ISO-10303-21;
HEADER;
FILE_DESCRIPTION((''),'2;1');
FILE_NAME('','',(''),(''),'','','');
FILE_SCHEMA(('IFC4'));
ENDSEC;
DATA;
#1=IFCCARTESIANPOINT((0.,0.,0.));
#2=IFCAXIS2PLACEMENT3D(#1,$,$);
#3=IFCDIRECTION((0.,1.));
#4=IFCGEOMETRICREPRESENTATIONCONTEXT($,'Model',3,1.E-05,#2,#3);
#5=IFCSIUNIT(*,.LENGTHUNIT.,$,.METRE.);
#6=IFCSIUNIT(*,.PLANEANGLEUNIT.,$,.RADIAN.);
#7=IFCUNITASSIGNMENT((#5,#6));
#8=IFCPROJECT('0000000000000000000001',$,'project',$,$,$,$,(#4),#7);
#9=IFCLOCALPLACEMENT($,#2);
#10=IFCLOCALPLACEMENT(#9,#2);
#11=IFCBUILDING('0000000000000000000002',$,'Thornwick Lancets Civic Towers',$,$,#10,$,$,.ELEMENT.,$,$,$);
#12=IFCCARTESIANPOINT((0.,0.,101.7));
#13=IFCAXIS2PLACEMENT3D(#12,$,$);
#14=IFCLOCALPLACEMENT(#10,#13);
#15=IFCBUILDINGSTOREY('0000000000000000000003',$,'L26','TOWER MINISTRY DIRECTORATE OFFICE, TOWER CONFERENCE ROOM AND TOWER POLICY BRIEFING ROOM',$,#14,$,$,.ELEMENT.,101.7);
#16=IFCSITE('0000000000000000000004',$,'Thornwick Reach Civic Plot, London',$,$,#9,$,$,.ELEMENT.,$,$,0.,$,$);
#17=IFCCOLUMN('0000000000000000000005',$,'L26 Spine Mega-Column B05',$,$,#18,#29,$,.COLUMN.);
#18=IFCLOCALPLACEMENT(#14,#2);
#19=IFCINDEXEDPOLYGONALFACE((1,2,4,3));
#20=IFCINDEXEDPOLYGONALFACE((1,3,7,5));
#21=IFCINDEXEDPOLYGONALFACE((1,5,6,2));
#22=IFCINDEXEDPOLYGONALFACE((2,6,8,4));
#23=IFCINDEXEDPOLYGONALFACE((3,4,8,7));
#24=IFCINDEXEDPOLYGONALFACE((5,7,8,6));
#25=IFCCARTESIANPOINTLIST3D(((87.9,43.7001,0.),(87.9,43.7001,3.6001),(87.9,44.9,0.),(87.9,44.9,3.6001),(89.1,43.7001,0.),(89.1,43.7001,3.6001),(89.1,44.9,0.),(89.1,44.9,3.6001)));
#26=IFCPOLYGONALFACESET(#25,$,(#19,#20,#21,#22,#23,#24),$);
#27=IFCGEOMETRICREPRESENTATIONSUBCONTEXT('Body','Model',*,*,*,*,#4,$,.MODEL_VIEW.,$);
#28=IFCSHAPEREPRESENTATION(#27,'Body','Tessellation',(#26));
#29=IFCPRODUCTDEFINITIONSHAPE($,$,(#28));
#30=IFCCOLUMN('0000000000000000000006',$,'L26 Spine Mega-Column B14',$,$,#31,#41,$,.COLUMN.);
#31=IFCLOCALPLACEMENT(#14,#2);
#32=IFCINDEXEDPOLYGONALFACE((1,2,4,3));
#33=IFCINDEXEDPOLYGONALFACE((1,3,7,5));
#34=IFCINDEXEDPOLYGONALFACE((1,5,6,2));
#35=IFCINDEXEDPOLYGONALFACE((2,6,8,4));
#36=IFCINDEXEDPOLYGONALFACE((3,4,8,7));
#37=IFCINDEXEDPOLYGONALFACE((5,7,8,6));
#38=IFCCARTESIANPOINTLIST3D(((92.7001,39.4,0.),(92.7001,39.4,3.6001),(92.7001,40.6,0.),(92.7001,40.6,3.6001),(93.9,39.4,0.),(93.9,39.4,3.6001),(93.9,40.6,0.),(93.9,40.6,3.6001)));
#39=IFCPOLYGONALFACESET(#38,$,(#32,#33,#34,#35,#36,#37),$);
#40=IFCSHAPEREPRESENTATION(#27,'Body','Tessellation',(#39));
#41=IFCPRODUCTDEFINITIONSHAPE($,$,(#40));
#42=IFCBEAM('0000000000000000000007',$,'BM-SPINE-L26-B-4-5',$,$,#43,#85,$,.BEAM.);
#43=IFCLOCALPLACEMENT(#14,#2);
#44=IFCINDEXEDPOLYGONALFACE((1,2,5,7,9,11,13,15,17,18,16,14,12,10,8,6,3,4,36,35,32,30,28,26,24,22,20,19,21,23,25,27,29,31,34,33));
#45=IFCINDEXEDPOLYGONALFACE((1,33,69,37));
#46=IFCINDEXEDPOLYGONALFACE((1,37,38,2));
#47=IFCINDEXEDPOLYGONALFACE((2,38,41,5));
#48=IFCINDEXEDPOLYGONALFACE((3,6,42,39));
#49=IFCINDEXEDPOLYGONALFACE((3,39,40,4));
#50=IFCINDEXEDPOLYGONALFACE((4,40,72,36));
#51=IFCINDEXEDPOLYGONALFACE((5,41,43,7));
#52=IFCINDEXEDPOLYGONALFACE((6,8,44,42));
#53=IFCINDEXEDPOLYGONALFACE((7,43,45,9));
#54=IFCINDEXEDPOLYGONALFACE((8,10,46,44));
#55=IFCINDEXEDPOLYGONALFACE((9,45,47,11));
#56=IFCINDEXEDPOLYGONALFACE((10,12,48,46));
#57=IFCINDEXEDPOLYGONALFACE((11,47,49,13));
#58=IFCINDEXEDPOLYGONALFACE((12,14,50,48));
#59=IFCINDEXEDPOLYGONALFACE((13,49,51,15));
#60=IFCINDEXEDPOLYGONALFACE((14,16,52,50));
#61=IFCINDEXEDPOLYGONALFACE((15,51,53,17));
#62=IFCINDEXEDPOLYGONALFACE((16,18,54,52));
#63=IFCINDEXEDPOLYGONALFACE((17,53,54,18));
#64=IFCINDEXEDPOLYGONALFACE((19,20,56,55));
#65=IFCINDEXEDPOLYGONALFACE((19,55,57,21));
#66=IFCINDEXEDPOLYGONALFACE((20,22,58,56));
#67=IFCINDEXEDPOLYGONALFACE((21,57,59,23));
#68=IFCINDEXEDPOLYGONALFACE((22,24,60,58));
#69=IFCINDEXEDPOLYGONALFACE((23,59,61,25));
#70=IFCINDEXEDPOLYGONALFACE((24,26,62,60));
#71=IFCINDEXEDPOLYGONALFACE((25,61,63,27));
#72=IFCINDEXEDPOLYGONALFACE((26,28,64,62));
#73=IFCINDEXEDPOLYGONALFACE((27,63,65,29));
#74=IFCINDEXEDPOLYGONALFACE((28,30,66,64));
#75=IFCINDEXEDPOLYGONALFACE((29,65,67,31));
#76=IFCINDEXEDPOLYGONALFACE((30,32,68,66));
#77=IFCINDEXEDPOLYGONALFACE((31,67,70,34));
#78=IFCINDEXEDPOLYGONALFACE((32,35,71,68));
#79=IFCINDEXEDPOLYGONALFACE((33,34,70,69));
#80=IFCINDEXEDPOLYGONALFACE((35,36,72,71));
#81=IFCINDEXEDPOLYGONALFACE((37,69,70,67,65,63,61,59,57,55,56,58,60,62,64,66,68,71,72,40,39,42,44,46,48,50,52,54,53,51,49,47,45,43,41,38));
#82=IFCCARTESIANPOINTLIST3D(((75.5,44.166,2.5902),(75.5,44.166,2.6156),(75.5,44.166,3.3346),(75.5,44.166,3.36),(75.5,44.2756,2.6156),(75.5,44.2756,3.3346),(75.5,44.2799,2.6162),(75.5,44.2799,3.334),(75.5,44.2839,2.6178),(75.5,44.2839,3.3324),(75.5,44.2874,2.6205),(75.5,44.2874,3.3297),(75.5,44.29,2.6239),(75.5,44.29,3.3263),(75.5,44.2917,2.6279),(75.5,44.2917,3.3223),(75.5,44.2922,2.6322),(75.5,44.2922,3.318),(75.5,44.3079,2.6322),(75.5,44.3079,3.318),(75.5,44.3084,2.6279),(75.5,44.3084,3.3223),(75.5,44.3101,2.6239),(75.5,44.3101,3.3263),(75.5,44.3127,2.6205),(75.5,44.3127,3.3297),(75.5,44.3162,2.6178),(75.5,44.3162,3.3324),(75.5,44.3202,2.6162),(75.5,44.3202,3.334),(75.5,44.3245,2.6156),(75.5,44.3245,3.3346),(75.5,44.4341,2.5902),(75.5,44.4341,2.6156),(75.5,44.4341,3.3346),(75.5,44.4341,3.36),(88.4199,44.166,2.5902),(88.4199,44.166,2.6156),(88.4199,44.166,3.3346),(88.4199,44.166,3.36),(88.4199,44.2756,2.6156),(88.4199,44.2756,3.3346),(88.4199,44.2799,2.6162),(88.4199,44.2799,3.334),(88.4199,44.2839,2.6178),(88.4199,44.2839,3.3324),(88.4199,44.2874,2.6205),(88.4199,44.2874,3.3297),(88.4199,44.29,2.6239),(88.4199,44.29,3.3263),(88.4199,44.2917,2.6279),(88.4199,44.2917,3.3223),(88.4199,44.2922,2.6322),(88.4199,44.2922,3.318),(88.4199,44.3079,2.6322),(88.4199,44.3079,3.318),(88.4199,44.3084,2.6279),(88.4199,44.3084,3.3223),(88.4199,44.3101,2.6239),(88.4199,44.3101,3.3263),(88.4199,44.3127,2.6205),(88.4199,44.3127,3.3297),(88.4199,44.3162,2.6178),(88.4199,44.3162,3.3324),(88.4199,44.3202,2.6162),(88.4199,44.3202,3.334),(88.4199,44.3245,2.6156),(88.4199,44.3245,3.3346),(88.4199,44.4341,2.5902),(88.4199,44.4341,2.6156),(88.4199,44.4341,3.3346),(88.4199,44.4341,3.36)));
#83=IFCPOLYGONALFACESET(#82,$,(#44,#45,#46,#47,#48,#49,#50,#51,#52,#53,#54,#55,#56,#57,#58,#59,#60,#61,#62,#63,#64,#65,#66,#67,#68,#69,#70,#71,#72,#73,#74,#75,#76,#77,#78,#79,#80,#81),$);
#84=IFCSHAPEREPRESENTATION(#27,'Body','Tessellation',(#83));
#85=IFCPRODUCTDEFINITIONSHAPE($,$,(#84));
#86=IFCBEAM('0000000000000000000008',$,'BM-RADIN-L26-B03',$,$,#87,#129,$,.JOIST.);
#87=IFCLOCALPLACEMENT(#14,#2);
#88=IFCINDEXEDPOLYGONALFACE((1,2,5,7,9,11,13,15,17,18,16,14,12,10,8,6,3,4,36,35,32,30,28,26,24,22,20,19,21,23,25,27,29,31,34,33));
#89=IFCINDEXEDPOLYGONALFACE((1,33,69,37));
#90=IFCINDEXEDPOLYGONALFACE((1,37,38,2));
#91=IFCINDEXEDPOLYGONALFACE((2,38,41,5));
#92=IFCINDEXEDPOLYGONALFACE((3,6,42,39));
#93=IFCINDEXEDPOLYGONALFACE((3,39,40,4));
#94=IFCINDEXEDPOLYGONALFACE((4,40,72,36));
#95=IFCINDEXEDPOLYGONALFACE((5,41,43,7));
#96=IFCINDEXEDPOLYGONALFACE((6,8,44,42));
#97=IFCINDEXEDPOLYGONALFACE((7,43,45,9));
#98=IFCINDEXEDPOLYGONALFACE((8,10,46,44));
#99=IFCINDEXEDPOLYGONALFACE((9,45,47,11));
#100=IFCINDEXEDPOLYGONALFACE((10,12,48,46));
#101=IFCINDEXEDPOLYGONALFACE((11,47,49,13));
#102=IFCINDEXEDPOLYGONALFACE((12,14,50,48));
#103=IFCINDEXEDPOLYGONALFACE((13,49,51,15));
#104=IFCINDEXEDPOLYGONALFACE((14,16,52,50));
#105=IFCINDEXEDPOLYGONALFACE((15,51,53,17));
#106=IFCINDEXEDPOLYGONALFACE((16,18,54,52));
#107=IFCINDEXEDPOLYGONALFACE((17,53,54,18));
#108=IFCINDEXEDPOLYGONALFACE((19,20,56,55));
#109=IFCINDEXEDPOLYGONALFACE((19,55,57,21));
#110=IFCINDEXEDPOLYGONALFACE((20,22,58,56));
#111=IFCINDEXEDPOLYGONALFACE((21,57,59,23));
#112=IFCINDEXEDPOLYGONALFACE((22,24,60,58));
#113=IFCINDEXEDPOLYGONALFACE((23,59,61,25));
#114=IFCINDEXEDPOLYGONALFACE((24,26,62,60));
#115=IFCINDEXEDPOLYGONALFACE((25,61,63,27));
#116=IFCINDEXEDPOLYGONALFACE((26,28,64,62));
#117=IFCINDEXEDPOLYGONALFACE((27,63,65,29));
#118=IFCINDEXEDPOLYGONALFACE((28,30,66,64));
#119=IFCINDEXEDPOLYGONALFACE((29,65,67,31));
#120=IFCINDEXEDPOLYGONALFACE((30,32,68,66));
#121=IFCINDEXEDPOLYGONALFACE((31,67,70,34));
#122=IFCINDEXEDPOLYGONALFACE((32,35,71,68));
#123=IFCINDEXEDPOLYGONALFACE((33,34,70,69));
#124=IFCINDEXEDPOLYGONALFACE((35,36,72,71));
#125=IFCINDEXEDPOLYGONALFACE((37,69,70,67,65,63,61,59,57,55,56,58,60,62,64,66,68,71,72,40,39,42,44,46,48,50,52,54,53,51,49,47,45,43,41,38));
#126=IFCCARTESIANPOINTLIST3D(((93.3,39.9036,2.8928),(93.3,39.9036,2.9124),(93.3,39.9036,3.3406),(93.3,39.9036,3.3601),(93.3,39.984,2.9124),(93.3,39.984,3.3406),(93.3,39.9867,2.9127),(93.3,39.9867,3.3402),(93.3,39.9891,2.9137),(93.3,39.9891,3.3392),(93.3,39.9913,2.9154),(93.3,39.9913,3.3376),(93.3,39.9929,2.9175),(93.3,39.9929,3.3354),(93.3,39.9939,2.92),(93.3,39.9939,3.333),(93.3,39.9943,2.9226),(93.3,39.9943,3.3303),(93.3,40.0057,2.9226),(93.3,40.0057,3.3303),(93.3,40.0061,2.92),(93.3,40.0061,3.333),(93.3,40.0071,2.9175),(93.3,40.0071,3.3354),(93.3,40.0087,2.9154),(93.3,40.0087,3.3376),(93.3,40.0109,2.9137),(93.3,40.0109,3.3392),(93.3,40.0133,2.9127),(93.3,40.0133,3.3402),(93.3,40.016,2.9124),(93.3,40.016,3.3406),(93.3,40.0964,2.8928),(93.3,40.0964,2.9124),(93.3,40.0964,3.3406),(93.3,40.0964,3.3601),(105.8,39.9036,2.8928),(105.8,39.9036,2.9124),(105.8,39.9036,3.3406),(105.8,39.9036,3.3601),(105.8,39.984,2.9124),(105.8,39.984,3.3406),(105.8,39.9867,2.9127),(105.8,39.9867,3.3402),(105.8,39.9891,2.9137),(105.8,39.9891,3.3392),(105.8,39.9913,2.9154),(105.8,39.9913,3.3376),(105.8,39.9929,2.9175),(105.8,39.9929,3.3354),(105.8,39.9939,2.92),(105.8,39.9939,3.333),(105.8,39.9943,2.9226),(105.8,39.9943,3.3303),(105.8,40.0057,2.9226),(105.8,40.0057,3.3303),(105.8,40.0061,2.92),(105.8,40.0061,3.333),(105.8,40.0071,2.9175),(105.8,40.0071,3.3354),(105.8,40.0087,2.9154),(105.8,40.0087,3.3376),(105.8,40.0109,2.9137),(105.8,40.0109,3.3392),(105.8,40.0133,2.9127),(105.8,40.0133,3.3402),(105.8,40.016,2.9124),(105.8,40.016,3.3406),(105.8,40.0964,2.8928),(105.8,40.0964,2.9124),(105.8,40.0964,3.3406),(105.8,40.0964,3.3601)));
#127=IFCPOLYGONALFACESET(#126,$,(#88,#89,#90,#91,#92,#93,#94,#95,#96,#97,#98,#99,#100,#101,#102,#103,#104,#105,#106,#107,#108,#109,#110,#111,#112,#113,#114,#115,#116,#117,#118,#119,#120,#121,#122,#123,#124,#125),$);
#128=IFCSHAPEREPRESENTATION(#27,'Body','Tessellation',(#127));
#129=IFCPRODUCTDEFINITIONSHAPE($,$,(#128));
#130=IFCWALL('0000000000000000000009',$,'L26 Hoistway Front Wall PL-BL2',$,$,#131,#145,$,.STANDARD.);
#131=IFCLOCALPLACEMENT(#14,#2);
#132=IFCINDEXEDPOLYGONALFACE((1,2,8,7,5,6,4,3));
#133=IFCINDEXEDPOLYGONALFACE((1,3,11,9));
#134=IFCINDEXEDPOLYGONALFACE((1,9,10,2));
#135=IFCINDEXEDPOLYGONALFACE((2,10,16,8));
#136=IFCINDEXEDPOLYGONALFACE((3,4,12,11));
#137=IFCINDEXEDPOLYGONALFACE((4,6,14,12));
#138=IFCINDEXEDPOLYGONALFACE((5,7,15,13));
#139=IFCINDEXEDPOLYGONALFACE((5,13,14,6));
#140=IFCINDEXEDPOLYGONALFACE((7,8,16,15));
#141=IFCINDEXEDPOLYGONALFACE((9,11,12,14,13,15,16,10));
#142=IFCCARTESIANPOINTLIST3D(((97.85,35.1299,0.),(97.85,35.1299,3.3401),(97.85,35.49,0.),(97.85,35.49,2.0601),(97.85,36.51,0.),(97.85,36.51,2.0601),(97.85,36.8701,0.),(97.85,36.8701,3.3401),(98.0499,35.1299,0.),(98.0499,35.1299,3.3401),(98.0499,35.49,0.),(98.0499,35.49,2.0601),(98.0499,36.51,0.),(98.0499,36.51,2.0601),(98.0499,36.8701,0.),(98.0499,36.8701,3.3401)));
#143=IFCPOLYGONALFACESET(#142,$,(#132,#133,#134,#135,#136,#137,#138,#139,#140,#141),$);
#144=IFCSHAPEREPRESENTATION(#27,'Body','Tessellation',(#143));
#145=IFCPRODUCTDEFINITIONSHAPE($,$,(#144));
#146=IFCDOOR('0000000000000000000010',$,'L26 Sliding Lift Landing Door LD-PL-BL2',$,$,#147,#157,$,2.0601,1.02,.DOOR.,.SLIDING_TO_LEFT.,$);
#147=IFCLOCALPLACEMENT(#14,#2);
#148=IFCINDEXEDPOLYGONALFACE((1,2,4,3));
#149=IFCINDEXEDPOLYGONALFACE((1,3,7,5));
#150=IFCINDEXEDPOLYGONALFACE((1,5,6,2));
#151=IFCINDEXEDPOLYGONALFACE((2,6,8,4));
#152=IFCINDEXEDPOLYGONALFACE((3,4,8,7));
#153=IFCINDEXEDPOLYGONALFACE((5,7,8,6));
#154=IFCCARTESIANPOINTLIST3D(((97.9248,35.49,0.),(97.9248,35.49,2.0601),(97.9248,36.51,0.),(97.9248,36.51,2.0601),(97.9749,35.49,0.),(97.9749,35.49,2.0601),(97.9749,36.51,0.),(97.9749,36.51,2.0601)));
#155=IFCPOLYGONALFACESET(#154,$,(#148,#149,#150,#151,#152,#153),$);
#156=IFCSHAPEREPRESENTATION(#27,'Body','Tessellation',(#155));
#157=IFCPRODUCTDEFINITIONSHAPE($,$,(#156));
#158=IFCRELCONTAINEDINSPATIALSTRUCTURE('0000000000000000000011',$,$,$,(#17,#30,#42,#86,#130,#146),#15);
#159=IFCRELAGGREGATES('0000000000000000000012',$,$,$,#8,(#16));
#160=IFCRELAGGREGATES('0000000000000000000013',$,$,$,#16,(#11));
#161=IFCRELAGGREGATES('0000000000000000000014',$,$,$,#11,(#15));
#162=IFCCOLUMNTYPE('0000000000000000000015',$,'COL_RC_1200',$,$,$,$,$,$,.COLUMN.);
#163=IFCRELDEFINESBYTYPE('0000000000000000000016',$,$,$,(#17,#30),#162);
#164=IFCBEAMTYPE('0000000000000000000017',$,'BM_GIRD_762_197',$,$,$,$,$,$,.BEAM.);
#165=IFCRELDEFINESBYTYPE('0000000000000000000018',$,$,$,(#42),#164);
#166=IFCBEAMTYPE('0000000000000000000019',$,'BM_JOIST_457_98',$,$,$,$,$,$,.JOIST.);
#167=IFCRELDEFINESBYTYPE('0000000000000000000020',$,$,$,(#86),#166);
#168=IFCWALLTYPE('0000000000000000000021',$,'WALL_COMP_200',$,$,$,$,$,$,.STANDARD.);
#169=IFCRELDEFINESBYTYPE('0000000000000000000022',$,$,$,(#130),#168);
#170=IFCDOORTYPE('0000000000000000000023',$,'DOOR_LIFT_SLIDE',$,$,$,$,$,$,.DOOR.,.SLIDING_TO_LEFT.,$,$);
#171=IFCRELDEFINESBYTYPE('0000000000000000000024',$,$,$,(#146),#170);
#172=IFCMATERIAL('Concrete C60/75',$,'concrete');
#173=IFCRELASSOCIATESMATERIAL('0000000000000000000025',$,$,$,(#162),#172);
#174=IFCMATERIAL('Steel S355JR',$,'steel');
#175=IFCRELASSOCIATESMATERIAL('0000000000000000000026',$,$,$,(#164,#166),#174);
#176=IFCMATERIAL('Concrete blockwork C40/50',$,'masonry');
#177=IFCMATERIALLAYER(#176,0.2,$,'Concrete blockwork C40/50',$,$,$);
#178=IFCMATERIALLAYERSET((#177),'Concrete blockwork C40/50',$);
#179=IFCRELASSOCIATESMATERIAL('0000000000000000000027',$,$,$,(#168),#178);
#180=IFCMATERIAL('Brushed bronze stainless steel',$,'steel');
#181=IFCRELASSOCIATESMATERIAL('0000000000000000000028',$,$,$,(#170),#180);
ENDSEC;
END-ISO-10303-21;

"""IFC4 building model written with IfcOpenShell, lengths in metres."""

from ifc_helpers import new_model, si_unit, direction, frame, frame_2d, origin, origin_2d, place, context, subcontext, project, spatial, rectangle, i_section, extrude, material, layer, layer_set, material_profile, profile_set, type_object, element, fill, save


model = new_model("IFC4")

# Units and contexts
model_context = context("Model", 3, precision=1e-05, world=origin(), true_north=direction((0.0, 1.0)))
body_context = subcontext(model_context, "Body", "Model", "MODEL_VIEW")
ifc_project = project(units=[si_unit("LENGTHUNIT", "METRE"), si_unit("PLANEANGLEUNIT", "RADIAN")], contexts=[model_context])

# Site, building, storey
site_placement = place(None, origin())
site = spatial("IfcSite", under=ifc_project, at=site_placement, Name="Thornwick Reach Civic Plot, London", CompositionType="ELEMENT", RefElevation=0.0)
building_placement = place(site_placement, origin())
building = spatial("IfcBuilding", under=site, at=building_placement, Name="Thornwick Lancets Civic Towers", CompositionType="ELEMENT")
storey_placement = place(building_placement, frame((0.0, 0.0, 101.7)))
storey = spatial("IfcBuildingStorey", under=building, at=storey_placement, Name="L26", Description="TOWER MINISTRY DIRECTORATE OFFICE, TOWER CONFERENCE ROOM AND TOWER POLICY BRIEFING ROOM", CompositionType="ELEMENT", Elevation=101.7)

# Columns
ifc_material_1 = material(Name="Concrete C60/75", Category="concrete")
ifc_material_profile_1 = material_profile(ifc_material_1, rectangle(XDim=1.2, YDim=1.2, at=origin_2d()), Name="RC 1200x1200")
ifc_profile_set_1 = profile_set([ifc_material_profile_1], Name="Concrete C60/75")
column_type = type_object("IfcColumnType", Name="COL_RC_1200", PredefinedType="COLUMN", material=ifc_profile_set_1)
for number, where, z_axis, x_axis, name in (
    (1, (88.5, 44.3, 0.0), (0.0, 0.0, 1.0), (1.0, 0.0, 0.0), "L26 Spine Mega-Column B05"),
    (2, (93.3, 40.0, 0.0), (0.0, 0.0, 1.0), (1.0, 0.0, 0.0), "L26 Spine Mega-Column B14"),
):
    element("IfcColumn", number, at=place(storey_placement, frame(where, z_axis=z_axis, x_axis=x_axis)), inside=storey, type_object=column_type, Name=name, PredefinedType="COLUMN", context=body_context, shape_type="SweptSolid", body=[
        extrude(rectangle(XDim=1.2, YDim=1.2, at=origin_2d()), origin(), (0.0, 0.0, 1.0), 3.6001),
    ])

# Beams
ifc_material_2 = material(Name="Steel S355JR", Category="steel")
ifc_material_profile_2 = material_profile(ifc_material_2, i_section(OverallWidth=0.2681, OverallDepth=0.7698, WebThickness=0.0156, FlangeThickness=0.0254, FilletRadius=0.0166, at=origin_2d()), Name="UKB 762x267x197")
ifc_profile_set_2 = profile_set([ifc_material_profile_2], Name="Steel S355JR")
beam_type_1 = type_object("IfcBeamType", Name="BM_GIRD_762_197", PredefinedType="BEAM", material=ifc_profile_set_2)
beam_1_placement = place(storey_placement, frame((88.4199, 44.3, 2.9751), z_axis=(-1.0, 0.0, 0.0), x_axis=(0.0, -1.0, 0.0)))
element("IfcBeam", 3, at=beam_1_placement, inside=storey, type_object=beam_type_1, Name="BM-SPINE-L26-B-4-5", PredefinedType="BEAM", context=body_context, shape_type="SweptSolid", body=[
    extrude(i_section(OverallWidth=0.2681, OverallDepth=0.7698, WebThickness=0.0156, FlangeThickness=0.0254, FilletRadius=0.0166, at=origin_2d()), origin(), (0.0, 0.0, 1.0), 12.9199),
])
ifc_material_profile_3 = material_profile(ifc_material_2, i_section(OverallWidth=0.1929, OverallDepth=0.4673, WebThickness=0.0115, FlangeThickness=0.0195, FilletRadius=0.0103, at=origin_2d()), Name="UKB 457x191x98")
ifc_profile_set_3 = profile_set([ifc_material_profile_3], Name="Steel S355JR")
beam_type_2 = type_object("IfcBeamType", Name="BM_JOIST_457_98", PredefinedType="JOIST", material=ifc_profile_set_3)
beam_2_placement = place(storey_placement, frame((93.3, 40.0, 3.1265), z_axis=(1.0, 0.0, 0.0), x_axis=(0.0, 1.0, 0.0)))
element("IfcBeam", 4, at=beam_2_placement, inside=storey, type_object=beam_type_2, Name="BM-RADIN-L26-B03", PredefinedType="JOIST", context=body_context, shape_type="SweptSolid", body=[
    extrude(i_section(OverallWidth=0.1929, OverallDepth=0.4673, WebThickness=0.0115, FlangeThickness=0.0195, FilletRadius=0.0103, at=origin_2d()), origin(), (0.0, 0.0, 1.0), 12.5),
])

# Wall, opening, door
ifc_material_3 = material(Name="Concrete blockwork C40/50", Category="masonry")
ifc_layer_1 = layer(ifc_material_3, 0.2, Name="Concrete blockwork C40/50")
ifc_layer_set_1 = layer_set([ifc_layer_1], Name="Concrete blockwork C40/50")
wall_type_1 = type_object("IfcWallType", Name="WALL_COMP_200", PredefinedType="STANDARD", material=ifc_layer_set_1)
wall_1_placement = place(storey_placement, frame((97.95, 36.8701, 0.0), z_axis=(0.0, 0.0, 1.0), x_axis=(0.0, -1.0, 0.0)))
wall_1 = element("IfcWall", 5, at=wall_1_placement, inside=storey, type_object=wall_type_1, Name="L26 Hoistway Front Wall PL-BL2", PredefinedType="STANDARD", context=body_context, shape_type="SweptSolid", body=[
    extrude(rectangle(XDim=1.7402, YDim=0.2, at=frame_2d((0.8701, 0.0))), origin(), (0.0, 0.0, 1.0), 3.3401),
])
opening_1_placement = place(wall_1_placement, frame((0.3601, 0.0, 0.0)))
opening_1 = element("IfcOpeningElement", 6, at=opening_1_placement, cuts=wall_1, PredefinedType="OPENING", context=body_context, shape_type="SweptSolid", body=[
    extrude(rectangle(XDim=1.02, YDim=2.0601, at=frame_2d((0.51, 1.03))), frame((0.0, 0.1099, 0.0), z_axis=(0.0, -1.0, 0.0), x_axis=(1.0, 0.0, 0.0)), (0.0, 0.0, 1.0), 0.22),
])
ifc_material_4 = material(Name="Brushed bronze stainless steel", Category="steel")
door_type_1 = type_object("IfcDoorType", Name="DOOR_LIFT_SLIDE", OperationType="SLIDING_TO_LEFT", PredefinedType="DOOR", material=ifc_material_4)
door_1_placement = place(opening_1_placement, origin())
door_1 = element("IfcDoor", 7, at=door_1_placement, inside=storey, type_object=door_type_1, Name="L26 Sliding Lift Landing Door LD-PL-BL2", OperationType="SLIDING_TO_LEFT", OverallHeight=2.0601, OverallWidth=1.02, PredefinedType="DOOR", context=body_context, shape_type="SweptSolid", body=[
    extrude(rectangle(XDim=1.02, YDim=2.0601, at=frame_2d((0.51, 1.03))), frame((0.0, 0.0249, 0.0), z_axis=(0.0, -1.0, 0.0), x_axis=(1.0, 0.0, 0.0)), (0.0, 0.0, 1.0), 0.05),
])
fill(opening_1, door_1)

save(model, "model.ifc")
